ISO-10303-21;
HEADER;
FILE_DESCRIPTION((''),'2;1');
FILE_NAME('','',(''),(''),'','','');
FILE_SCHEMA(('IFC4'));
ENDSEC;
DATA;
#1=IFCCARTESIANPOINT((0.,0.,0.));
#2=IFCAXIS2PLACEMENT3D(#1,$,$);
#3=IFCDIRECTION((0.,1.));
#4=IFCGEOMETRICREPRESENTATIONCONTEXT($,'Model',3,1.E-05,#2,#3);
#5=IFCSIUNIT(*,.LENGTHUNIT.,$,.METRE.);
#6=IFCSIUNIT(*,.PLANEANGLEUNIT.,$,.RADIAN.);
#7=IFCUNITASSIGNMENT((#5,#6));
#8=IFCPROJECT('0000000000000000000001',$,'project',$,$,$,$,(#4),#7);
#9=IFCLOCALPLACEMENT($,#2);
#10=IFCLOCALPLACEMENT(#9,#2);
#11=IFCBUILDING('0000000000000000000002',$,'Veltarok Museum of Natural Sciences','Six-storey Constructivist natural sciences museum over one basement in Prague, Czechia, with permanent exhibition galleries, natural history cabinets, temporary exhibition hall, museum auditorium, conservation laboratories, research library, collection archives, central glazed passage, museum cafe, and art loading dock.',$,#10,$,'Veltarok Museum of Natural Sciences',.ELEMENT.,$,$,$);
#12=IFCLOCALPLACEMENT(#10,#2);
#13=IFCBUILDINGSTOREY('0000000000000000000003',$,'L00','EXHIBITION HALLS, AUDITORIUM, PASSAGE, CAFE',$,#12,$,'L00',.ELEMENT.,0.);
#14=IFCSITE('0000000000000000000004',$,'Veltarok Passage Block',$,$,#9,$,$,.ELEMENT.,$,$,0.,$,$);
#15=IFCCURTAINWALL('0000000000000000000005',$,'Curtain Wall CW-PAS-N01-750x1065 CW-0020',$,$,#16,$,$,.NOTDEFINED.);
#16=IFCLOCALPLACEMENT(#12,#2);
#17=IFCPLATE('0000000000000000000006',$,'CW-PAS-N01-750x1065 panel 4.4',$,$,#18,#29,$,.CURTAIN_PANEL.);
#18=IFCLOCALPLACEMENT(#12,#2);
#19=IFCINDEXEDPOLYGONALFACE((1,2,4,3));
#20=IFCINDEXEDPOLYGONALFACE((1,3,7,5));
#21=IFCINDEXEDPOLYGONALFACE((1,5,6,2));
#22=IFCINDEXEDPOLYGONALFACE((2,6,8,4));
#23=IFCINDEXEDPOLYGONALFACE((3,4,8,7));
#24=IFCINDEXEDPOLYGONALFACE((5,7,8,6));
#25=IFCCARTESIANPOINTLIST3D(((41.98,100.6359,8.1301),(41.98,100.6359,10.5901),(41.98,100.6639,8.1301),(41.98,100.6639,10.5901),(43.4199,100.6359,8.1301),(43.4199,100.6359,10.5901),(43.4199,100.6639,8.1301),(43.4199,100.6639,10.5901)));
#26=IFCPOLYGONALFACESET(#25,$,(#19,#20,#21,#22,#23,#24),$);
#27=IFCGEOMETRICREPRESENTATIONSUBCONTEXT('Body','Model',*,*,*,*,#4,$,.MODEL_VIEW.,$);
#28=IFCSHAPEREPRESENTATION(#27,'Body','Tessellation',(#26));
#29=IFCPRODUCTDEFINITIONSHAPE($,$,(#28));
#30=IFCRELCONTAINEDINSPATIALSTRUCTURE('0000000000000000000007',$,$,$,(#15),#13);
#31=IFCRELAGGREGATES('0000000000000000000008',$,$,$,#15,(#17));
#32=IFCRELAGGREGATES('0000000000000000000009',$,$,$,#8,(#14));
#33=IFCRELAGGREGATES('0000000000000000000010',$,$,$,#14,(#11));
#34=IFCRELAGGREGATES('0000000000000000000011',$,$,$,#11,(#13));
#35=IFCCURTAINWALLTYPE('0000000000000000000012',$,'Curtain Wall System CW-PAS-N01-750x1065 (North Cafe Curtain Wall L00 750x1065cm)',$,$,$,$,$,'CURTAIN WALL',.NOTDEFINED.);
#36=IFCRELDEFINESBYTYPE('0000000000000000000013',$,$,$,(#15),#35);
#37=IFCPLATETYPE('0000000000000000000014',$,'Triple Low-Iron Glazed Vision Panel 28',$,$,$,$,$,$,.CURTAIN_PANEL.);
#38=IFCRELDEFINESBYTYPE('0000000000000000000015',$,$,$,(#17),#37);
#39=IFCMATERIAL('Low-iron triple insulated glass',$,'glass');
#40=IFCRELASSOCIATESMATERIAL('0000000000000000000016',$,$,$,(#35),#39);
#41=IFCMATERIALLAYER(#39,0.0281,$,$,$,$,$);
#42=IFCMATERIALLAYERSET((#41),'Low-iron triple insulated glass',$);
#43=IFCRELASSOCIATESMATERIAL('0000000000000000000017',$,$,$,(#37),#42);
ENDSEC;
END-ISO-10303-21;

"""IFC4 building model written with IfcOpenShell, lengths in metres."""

from ifc_helpers import new_model, si_unit, direction, frame, origin, origin_2d, place, context, subcontext, project, spatial, rectangle, extrude, material, layer, layer_set, type_object, element, aggregate, save


model = new_model("IFC4")

# Units and contexts
model_context = context("Model", 3, precision=1e-05, world=origin(), true_north=direction((0.0, 1.0)))
body_context = subcontext(model_context, "Body", "Model", "MODEL_VIEW")
ifc_project = project(units=[si_unit("LENGTHUNIT", "METRE"), si_unit("PLANEANGLEUNIT", "RADIAN")], contexts=[model_context])

# Site, building, storey
site_placement = place(None, origin())
site = spatial("IfcSite", under=ifc_project, at=site_placement, Name="Veltarok Passage Block", CompositionType="ELEMENT", RefElevation=0.0)
building_placement = place(site_placement, origin())
building = spatial("IfcBuilding", under=site, at=building_placement, Name="Veltarok Museum of Natural Sciences", Description="Six-storey Constructivist natural sciences museum over one basement in Prague, Czechia, with permanent exhibition galleries, natural history cabinets, temporary exhibition hall, museum auditorium, conservation laboratories, research library, collection archives, central glazed passage, museum cafe, and art loading dock.", LongName="Veltarok Museum of Natural Sciences", CompositionType="ELEMENT")
storey_placement = place(building_placement, origin())
storey = spatial("IfcBuildingStorey", under=building, at=storey_placement, Name="L00", Description="EXHIBITION HALLS, AUDITORIUM, PASSAGE, CAFE", LongName="L00", CompositionType="ELEMENT", Elevation=0.0)

# Curtain wall, plate
ifc_material_1 = material(Name="Low-iron triple insulated glass", Category="glass")
curtain_wall_type = type_object("IfcCurtainWallType", Name="Curtain Wall System CW-PAS-N01-750x1065 (North Cafe Curtain Wall L00 750x1065cm)", ElementType="CURTAIN WALL", PredefinedType="NOTDEFINED", material=ifc_material_1)
curtain_wall_placement = place(storey_placement, origin())
curtain_wall = element("IfcCurtainWall", 1, at=curtain_wall_placement, inside=storey, type_object=curtain_wall_type, Name="Curtain Wall CW-PAS-N01-750x1065 CW-0020", PredefinedType="NOTDEFINED")
ifc_layer = layer(ifc_material_1, 0.0281)
ifc_layer_set = layer_set([ifc_layer], Name="Low-iron triple insulated glass")
plate_type = type_object("IfcPlateType", Name="Triple Low-Iron Glazed Vision Panel 28", PredefinedType="CURTAIN_PANEL", material=ifc_layer_set)
plate_1_placement = place(storey_placement, frame((42.7, 100.6499, 8.1301), z_axis=(0.0, 0.0, 1.0), x_axis=(-1.0, 0.0, 0.0)))
plate_1 = element("IfcPlate", 2, at=plate_1_placement, type_object=plate_type, Name="CW-PAS-N01-750x1065 panel 4.4", PredefinedType="CURTAIN_PANEL", context=body_context, shape_type="SweptSolid", body=[
    extrude(rectangle(XDim=1.4399, YDim=0.0281, at=origin_2d()), origin(), (0.0, 0.0, 1.0), 2.46),
])
aggregate(curtain_wall, [plate_1])

save(model, "model.ifc")
